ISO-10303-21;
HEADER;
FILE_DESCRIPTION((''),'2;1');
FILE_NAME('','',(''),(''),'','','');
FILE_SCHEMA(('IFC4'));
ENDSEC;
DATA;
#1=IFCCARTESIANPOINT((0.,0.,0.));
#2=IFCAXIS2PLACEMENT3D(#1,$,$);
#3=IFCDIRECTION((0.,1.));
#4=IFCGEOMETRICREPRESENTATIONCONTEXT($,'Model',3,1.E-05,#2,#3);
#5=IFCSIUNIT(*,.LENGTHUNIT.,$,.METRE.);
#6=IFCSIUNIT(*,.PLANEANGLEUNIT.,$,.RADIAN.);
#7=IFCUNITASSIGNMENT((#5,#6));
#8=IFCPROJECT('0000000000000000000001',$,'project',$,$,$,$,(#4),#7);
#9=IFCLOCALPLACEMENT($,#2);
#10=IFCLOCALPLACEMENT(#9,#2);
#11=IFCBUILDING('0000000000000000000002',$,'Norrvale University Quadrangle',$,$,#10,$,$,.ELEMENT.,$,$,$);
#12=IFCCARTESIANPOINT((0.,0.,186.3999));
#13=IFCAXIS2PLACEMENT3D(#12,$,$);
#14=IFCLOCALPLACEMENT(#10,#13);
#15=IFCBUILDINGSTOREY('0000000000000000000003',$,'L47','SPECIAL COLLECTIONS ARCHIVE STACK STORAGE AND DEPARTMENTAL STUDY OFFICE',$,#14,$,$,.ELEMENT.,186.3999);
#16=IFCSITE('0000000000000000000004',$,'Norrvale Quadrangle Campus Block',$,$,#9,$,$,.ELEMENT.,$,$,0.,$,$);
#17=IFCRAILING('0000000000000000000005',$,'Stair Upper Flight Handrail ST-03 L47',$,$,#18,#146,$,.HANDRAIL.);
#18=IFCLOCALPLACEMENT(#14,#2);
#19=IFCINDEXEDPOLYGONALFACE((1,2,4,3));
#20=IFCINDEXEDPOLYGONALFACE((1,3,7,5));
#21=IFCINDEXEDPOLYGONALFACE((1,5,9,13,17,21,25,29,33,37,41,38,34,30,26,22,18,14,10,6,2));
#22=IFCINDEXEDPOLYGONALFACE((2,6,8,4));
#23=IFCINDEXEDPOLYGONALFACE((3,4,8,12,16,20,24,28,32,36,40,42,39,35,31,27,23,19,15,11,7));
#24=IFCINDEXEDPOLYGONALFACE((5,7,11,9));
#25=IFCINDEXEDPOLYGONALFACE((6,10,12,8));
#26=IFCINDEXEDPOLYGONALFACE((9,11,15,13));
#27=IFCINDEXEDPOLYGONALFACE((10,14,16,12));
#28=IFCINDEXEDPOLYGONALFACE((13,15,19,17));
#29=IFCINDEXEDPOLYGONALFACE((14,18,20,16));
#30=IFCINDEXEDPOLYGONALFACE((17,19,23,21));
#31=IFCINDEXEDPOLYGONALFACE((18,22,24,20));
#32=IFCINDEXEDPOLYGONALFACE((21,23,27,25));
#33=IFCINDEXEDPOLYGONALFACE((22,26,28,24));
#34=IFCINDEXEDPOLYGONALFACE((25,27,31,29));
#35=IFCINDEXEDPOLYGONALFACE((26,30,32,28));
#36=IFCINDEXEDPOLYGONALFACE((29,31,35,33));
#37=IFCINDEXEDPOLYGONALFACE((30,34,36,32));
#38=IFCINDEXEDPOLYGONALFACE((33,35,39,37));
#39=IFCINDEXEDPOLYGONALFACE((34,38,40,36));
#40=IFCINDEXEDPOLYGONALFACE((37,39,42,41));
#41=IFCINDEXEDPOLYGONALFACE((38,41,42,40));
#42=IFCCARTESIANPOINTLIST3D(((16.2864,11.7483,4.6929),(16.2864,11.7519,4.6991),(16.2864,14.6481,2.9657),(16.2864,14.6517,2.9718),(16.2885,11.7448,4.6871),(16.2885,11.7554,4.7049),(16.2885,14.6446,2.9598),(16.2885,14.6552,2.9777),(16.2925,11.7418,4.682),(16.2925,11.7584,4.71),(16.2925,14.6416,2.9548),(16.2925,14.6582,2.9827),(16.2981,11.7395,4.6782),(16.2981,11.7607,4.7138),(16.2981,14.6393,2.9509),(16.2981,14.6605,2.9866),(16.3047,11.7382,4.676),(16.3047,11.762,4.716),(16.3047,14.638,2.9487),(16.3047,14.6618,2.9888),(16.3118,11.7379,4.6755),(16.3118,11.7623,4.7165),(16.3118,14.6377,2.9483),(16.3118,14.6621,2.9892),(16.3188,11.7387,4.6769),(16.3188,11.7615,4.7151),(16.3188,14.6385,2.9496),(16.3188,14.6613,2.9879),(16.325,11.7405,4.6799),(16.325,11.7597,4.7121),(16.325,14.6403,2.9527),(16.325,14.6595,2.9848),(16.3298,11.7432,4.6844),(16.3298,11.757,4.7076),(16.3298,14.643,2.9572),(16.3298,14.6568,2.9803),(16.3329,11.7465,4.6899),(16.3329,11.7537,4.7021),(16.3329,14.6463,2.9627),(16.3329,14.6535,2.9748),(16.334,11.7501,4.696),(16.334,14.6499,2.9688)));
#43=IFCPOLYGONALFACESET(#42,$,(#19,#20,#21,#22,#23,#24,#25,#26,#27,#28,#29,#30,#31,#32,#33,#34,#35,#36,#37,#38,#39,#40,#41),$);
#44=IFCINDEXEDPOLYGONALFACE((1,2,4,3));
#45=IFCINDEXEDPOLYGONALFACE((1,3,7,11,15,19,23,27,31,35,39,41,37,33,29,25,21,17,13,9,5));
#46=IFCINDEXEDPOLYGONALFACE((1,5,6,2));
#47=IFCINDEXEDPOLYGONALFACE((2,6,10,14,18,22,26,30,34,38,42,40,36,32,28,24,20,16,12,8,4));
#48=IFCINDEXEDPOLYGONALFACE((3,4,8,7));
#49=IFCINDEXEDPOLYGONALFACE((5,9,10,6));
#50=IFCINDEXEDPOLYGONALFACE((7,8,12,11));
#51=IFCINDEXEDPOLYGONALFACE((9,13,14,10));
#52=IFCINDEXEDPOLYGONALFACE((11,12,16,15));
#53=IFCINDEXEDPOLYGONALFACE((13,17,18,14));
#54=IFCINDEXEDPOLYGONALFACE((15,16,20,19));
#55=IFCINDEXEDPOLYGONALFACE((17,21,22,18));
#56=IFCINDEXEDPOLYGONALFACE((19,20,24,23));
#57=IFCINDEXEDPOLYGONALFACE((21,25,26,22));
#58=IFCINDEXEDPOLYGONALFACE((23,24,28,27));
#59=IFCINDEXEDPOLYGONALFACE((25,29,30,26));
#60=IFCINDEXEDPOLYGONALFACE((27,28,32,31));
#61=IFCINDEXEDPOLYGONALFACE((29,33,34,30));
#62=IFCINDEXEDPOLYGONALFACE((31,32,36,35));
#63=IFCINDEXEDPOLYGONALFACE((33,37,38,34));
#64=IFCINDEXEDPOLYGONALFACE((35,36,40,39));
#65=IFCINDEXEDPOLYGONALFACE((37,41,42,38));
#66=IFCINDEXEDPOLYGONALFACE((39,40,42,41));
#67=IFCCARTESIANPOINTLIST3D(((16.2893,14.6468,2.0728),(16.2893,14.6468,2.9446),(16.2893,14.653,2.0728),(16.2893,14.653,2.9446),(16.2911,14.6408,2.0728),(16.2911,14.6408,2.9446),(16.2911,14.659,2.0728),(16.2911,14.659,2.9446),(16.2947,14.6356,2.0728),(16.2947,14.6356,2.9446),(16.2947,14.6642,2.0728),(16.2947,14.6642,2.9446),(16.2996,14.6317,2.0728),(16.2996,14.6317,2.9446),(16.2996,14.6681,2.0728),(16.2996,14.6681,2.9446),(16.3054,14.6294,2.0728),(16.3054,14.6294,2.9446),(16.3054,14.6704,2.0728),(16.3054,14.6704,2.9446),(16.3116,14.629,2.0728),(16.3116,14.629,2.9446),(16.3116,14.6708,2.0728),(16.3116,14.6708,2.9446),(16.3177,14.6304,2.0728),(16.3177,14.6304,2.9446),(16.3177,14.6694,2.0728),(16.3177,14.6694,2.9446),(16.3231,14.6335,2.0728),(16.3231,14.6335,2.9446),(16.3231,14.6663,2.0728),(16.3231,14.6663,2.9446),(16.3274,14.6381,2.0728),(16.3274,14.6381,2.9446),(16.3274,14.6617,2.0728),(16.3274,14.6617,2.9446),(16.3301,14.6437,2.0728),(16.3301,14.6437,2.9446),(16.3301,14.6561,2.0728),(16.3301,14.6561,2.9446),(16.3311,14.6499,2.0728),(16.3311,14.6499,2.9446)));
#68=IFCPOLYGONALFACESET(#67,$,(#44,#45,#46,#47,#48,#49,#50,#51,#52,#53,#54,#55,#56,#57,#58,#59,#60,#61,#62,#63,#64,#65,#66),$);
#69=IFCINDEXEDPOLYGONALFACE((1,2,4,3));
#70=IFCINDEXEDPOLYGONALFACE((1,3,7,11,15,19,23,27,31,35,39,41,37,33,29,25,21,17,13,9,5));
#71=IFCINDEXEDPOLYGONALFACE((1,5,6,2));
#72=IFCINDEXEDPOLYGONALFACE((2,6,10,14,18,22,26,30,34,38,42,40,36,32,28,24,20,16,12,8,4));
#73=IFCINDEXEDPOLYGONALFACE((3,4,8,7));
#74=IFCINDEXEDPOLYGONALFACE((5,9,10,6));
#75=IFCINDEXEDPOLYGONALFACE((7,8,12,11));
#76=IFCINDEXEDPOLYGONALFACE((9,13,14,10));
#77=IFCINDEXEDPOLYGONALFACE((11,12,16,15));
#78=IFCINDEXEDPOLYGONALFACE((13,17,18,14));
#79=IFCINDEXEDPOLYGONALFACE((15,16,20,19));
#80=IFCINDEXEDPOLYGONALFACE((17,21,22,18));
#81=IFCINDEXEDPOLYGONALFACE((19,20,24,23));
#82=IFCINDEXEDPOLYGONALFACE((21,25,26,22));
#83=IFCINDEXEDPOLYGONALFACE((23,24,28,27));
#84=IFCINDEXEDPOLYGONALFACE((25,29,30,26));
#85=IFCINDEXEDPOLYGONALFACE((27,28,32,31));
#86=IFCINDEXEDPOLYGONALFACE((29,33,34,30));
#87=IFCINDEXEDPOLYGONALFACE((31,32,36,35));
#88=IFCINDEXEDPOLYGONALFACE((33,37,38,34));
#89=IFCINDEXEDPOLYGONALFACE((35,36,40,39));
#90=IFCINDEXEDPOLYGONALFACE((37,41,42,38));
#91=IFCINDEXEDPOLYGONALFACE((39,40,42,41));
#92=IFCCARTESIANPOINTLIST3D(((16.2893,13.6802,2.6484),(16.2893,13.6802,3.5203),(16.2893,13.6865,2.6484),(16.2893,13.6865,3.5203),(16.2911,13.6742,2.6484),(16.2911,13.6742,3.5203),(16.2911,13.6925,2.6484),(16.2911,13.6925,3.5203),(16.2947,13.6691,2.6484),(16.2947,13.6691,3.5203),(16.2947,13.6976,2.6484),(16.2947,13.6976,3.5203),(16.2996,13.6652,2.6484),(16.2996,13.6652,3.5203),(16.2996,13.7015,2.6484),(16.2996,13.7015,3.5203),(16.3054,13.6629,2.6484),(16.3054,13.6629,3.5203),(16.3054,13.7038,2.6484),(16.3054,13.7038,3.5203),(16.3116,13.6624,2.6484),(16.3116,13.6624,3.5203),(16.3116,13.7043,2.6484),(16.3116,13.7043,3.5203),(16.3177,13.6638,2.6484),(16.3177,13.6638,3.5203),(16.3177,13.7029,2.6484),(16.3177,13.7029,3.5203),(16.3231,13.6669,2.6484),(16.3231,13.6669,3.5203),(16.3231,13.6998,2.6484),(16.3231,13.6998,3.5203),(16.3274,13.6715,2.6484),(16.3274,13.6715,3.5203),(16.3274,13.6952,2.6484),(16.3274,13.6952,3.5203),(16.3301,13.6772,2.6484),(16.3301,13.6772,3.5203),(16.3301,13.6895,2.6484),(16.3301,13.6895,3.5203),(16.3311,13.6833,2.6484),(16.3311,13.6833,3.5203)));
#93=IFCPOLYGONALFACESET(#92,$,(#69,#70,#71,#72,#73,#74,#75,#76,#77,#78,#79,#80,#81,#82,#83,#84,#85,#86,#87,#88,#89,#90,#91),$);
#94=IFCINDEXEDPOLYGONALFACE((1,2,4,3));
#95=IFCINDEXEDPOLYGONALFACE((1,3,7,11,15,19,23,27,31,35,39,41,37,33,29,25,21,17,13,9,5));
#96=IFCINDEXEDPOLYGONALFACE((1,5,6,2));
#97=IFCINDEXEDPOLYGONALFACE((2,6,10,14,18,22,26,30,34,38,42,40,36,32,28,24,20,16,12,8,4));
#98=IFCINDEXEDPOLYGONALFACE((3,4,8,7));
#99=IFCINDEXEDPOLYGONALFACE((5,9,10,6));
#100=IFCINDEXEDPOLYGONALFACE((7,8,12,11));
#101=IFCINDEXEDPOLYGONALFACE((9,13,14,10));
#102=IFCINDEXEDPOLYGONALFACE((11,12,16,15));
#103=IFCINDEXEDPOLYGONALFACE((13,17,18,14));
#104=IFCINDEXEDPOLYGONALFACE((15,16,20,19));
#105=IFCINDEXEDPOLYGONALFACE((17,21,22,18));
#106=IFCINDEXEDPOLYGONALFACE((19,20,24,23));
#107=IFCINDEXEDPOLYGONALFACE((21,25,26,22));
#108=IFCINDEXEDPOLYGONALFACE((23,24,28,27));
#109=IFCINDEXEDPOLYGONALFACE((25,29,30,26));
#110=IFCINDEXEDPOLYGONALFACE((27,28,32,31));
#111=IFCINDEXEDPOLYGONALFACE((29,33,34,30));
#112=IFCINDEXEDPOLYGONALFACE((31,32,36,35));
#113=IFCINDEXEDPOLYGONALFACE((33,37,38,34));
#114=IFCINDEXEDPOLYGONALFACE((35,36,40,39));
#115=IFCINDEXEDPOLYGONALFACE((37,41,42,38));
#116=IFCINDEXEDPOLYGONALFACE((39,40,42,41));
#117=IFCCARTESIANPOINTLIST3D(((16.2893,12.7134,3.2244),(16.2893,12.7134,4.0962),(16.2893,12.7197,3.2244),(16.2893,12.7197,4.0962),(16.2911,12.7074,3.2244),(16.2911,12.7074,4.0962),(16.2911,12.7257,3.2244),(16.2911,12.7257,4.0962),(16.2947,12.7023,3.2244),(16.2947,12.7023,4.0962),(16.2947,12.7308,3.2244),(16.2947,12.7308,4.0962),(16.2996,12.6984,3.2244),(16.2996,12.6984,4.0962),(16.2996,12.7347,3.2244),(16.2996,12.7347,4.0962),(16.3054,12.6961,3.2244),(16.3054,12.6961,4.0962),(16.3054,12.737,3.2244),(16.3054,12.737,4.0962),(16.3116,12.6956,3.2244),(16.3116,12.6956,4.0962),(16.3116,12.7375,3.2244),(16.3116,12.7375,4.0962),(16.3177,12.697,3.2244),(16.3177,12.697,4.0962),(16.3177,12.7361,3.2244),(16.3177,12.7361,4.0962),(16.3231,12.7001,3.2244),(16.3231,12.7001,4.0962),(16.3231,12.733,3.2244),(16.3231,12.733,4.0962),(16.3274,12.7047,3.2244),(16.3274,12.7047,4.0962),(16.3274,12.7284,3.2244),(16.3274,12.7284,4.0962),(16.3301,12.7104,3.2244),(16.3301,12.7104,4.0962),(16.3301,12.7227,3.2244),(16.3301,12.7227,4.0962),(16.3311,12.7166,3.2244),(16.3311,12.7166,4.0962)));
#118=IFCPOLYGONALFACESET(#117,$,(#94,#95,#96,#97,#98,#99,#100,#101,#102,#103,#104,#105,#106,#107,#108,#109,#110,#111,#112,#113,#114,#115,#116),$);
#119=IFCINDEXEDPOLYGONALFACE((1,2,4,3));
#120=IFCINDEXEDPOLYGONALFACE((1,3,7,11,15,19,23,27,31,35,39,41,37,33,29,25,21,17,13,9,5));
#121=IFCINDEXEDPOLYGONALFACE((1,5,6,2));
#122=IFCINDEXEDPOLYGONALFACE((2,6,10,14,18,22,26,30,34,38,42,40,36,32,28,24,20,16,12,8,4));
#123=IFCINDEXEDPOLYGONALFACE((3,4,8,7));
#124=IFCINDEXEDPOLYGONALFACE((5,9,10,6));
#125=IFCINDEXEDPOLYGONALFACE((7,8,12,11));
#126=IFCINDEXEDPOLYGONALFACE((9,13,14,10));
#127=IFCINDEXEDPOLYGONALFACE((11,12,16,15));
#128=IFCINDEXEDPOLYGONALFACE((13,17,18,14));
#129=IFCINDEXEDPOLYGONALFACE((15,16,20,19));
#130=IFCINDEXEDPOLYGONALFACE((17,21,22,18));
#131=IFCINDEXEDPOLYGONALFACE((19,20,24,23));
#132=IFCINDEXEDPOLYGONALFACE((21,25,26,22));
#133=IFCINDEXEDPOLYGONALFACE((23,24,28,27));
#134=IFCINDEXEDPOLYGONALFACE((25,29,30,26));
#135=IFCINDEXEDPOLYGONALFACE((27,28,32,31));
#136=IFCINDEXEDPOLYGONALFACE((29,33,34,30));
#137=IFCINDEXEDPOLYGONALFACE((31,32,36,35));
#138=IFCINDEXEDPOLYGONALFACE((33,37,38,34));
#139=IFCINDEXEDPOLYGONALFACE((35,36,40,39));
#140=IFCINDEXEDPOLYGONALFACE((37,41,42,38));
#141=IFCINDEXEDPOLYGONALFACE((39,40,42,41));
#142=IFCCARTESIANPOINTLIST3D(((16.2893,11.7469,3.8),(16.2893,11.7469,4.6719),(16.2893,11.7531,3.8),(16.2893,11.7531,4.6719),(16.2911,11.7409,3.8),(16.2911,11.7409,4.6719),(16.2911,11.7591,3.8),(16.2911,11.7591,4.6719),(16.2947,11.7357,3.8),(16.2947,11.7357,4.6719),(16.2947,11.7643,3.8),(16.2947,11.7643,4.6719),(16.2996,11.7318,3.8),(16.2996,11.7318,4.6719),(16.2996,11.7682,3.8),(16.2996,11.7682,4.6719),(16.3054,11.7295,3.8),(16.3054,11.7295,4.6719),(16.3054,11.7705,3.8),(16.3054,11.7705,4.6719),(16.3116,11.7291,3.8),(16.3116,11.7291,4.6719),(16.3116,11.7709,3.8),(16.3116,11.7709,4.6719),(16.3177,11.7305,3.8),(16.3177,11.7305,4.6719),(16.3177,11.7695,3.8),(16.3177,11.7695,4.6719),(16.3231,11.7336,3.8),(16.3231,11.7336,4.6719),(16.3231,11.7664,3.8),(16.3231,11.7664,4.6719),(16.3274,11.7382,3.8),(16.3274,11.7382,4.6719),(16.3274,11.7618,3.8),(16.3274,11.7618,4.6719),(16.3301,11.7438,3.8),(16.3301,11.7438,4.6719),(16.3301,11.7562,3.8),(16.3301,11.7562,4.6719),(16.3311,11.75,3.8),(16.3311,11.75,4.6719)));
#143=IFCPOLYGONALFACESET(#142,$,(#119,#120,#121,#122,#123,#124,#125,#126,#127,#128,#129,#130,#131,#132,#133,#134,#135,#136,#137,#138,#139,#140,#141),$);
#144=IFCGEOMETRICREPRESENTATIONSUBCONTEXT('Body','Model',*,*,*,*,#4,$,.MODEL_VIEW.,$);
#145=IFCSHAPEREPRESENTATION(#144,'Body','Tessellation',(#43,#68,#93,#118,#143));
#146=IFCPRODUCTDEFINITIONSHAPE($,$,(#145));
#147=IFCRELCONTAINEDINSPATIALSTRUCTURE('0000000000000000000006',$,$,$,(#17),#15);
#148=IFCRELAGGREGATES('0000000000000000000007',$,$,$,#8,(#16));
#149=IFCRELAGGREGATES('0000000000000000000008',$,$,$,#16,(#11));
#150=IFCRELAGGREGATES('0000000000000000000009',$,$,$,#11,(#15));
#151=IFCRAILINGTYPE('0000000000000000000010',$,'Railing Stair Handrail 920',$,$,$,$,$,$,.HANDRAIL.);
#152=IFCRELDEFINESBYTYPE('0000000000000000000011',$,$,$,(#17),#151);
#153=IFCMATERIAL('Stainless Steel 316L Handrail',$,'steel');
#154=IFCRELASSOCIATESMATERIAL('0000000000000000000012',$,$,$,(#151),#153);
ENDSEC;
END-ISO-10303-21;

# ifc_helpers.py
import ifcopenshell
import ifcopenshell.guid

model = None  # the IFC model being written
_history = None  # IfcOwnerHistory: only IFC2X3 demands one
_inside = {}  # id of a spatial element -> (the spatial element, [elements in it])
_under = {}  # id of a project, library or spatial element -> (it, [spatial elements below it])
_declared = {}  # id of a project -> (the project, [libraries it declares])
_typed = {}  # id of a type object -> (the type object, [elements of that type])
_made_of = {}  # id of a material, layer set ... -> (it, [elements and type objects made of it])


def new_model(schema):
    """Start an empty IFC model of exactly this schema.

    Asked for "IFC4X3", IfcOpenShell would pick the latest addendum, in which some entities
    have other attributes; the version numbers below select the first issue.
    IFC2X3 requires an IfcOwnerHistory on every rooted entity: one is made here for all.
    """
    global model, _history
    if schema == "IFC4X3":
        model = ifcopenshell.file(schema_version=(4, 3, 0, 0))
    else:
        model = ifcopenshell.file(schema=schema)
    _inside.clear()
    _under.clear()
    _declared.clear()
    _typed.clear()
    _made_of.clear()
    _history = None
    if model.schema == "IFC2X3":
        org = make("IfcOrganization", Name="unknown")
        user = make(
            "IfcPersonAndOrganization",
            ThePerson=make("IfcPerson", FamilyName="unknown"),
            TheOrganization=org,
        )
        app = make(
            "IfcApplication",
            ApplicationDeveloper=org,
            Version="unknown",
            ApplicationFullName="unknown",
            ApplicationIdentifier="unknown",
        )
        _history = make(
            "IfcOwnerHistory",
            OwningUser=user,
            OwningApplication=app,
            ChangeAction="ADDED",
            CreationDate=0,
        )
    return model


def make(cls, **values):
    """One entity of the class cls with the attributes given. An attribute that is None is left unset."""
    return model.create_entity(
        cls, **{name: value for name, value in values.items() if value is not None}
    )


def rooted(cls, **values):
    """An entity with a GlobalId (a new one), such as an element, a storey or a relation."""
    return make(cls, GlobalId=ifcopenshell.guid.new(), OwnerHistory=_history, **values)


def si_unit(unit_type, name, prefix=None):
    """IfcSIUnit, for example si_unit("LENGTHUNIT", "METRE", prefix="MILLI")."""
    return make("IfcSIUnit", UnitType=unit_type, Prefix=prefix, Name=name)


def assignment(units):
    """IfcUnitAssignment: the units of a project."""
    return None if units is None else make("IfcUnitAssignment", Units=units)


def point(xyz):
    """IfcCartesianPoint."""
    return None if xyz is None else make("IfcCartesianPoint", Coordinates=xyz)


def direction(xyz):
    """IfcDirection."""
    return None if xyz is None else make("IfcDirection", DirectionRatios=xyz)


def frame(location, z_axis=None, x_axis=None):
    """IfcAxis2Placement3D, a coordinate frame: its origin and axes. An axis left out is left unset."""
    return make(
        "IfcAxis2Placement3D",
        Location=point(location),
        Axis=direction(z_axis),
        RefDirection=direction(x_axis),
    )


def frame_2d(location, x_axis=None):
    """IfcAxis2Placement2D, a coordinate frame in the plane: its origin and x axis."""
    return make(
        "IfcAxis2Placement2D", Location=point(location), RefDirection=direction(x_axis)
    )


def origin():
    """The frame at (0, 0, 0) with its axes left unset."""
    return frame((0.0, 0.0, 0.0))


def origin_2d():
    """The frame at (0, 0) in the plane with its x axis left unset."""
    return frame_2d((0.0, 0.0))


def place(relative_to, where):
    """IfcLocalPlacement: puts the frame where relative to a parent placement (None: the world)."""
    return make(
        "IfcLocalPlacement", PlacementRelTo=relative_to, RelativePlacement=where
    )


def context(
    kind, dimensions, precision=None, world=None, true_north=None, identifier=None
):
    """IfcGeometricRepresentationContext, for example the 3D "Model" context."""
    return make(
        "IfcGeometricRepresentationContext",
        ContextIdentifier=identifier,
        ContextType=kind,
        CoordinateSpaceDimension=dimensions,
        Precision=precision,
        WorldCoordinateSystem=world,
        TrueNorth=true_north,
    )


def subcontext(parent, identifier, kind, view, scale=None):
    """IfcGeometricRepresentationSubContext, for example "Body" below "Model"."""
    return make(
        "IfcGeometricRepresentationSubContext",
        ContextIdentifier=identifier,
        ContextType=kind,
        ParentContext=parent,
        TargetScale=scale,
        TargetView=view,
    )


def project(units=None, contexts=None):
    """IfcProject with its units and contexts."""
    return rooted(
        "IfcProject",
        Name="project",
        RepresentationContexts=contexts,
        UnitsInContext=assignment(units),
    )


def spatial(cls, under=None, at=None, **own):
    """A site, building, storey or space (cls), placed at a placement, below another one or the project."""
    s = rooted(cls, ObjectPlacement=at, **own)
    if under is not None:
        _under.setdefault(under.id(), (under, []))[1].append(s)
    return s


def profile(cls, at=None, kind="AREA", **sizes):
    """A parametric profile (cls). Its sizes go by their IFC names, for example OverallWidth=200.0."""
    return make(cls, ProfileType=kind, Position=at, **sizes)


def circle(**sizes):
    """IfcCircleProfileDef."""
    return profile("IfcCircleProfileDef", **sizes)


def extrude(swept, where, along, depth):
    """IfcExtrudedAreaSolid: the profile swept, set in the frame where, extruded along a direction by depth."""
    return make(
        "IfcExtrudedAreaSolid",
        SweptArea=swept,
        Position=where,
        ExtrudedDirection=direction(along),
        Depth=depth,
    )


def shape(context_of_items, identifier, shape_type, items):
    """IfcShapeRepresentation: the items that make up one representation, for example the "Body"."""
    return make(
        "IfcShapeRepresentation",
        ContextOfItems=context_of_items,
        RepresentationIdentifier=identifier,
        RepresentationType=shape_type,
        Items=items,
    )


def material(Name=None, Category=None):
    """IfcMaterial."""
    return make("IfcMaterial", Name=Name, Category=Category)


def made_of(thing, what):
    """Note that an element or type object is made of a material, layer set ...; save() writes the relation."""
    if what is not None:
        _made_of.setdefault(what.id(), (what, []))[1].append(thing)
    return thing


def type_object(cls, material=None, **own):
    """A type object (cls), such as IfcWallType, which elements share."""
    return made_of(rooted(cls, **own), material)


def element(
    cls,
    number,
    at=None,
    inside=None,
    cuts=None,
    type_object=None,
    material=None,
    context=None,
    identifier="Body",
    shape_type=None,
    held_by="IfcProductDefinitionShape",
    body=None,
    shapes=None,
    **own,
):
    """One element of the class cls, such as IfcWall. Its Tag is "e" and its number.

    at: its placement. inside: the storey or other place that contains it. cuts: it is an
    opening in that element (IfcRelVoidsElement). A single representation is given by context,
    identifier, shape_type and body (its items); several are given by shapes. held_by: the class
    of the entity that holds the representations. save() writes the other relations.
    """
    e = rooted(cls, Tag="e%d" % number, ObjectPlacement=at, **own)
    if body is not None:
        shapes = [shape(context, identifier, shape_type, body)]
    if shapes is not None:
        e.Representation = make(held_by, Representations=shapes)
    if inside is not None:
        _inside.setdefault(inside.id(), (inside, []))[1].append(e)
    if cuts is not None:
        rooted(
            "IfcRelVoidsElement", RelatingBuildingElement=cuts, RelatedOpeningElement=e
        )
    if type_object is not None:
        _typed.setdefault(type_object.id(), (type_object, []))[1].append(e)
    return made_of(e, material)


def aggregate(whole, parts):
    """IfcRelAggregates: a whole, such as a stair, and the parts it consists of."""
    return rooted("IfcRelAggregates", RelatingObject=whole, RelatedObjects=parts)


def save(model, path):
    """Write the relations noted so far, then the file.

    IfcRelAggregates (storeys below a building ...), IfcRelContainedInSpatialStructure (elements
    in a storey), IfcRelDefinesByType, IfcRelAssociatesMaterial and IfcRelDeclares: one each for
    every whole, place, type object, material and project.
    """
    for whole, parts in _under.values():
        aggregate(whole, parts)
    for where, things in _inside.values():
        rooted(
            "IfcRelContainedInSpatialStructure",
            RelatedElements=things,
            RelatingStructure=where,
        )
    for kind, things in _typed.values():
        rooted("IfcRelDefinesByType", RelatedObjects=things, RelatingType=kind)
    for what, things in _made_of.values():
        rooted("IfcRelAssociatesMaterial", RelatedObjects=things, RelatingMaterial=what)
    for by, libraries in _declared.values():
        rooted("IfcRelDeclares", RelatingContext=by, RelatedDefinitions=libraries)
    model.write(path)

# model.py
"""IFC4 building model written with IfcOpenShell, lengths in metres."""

from ifc_helpers import new_model, si_unit, direction, frame, origin, origin_2d, place, context, subcontext, project, spatial, circle, extrude, material, type_object, element, save


model = new_model("IFC4")

# Units and contexts
model_context = context("Model", 3, precision=1e-05, world=origin(), true_north=direction((0.0, 1.0)))
body_context = subcontext(model_context, "Body", "Model", "MODEL_VIEW")
ifc_project = project(units=[si_unit("LENGTHUNIT", "METRE"), si_unit("PLANEANGLEUNIT", "RADIAN")], contexts=[model_context])

# Site, building, storey
site_placement = place(None, origin())
site = spatial("IfcSite", under=ifc_project, at=site_placement, Name="Norrvale Quadrangle Campus Block", CompositionType="ELEMENT", RefElevation=0.0)
building_placement = place(site_placement, origin())
building = spatial("IfcBuilding", under=site, at=building_placement, Name="Norrvale University Quadrangle", CompositionType="ELEMENT")
storey_placement = place(building_placement, frame((0.0, 0.0, 186.3999)))
storey = spatial("IfcBuildingStorey", under=building, at=storey_placement, Name="L47", Description="SPECIAL COLLECTIONS ARCHIVE STACK STORAGE AND DEPARTMENTAL STUDY OFFICE", CompositionType="ELEMENT", Elevation=186.3999)

# Railing
ifc_material_1 = material(Name="Stainless Steel 316L Handrail", Category="steel")
railing_type_1 = type_object("IfcRailingType", Name="Railing Stair Handrail 920", PredefinedType="HANDRAIL", material=ifc_material_1)
railing_1_placement = place(storey_placement, frame((16.3101, 14.6499, 2.0728)))
element("IfcRailing", 1, at=railing_1_placement, inside=storey, type_object=railing_type_1, Name="Stair Upper Flight Handrail ST-03 L47", PredefinedType="HANDRAIL", context=body_context, shape_type="SweptSolid", body=[
    extrude(circle(Radius=0.0239, at=origin_2d()), frame((0.0, 0.0, 0.896), z_axis=(0.0, -0.859141, 0.511738), x_axis=(1.0, 0.0, 0.0)), (0.0, 0.0, 1.0), 3.3752),
    extrude(circle(Radius=0.021, at=origin_2d()), origin(), (0.0, 0.0, 1.0), 0.8718),
    extrude(circle(Radius=0.021, at=origin_2d()), frame((0.0, -0.9666, 0.5757)), (0.0, 0.0, 1.0), 0.8718),
    extrude(circle(Radius=0.021, at=origin_2d()), frame((0.0, -1.9333, 1.1516)), (0.0, 0.0, 1.0), 0.8718),
    extrude(circle(Radius=0.021, at=origin_2d()), frame((0.0, -2.8999, 1.7273)), (0.0, 0.0, 1.0), 0.8718),
])

save(model, "model.ifc")
